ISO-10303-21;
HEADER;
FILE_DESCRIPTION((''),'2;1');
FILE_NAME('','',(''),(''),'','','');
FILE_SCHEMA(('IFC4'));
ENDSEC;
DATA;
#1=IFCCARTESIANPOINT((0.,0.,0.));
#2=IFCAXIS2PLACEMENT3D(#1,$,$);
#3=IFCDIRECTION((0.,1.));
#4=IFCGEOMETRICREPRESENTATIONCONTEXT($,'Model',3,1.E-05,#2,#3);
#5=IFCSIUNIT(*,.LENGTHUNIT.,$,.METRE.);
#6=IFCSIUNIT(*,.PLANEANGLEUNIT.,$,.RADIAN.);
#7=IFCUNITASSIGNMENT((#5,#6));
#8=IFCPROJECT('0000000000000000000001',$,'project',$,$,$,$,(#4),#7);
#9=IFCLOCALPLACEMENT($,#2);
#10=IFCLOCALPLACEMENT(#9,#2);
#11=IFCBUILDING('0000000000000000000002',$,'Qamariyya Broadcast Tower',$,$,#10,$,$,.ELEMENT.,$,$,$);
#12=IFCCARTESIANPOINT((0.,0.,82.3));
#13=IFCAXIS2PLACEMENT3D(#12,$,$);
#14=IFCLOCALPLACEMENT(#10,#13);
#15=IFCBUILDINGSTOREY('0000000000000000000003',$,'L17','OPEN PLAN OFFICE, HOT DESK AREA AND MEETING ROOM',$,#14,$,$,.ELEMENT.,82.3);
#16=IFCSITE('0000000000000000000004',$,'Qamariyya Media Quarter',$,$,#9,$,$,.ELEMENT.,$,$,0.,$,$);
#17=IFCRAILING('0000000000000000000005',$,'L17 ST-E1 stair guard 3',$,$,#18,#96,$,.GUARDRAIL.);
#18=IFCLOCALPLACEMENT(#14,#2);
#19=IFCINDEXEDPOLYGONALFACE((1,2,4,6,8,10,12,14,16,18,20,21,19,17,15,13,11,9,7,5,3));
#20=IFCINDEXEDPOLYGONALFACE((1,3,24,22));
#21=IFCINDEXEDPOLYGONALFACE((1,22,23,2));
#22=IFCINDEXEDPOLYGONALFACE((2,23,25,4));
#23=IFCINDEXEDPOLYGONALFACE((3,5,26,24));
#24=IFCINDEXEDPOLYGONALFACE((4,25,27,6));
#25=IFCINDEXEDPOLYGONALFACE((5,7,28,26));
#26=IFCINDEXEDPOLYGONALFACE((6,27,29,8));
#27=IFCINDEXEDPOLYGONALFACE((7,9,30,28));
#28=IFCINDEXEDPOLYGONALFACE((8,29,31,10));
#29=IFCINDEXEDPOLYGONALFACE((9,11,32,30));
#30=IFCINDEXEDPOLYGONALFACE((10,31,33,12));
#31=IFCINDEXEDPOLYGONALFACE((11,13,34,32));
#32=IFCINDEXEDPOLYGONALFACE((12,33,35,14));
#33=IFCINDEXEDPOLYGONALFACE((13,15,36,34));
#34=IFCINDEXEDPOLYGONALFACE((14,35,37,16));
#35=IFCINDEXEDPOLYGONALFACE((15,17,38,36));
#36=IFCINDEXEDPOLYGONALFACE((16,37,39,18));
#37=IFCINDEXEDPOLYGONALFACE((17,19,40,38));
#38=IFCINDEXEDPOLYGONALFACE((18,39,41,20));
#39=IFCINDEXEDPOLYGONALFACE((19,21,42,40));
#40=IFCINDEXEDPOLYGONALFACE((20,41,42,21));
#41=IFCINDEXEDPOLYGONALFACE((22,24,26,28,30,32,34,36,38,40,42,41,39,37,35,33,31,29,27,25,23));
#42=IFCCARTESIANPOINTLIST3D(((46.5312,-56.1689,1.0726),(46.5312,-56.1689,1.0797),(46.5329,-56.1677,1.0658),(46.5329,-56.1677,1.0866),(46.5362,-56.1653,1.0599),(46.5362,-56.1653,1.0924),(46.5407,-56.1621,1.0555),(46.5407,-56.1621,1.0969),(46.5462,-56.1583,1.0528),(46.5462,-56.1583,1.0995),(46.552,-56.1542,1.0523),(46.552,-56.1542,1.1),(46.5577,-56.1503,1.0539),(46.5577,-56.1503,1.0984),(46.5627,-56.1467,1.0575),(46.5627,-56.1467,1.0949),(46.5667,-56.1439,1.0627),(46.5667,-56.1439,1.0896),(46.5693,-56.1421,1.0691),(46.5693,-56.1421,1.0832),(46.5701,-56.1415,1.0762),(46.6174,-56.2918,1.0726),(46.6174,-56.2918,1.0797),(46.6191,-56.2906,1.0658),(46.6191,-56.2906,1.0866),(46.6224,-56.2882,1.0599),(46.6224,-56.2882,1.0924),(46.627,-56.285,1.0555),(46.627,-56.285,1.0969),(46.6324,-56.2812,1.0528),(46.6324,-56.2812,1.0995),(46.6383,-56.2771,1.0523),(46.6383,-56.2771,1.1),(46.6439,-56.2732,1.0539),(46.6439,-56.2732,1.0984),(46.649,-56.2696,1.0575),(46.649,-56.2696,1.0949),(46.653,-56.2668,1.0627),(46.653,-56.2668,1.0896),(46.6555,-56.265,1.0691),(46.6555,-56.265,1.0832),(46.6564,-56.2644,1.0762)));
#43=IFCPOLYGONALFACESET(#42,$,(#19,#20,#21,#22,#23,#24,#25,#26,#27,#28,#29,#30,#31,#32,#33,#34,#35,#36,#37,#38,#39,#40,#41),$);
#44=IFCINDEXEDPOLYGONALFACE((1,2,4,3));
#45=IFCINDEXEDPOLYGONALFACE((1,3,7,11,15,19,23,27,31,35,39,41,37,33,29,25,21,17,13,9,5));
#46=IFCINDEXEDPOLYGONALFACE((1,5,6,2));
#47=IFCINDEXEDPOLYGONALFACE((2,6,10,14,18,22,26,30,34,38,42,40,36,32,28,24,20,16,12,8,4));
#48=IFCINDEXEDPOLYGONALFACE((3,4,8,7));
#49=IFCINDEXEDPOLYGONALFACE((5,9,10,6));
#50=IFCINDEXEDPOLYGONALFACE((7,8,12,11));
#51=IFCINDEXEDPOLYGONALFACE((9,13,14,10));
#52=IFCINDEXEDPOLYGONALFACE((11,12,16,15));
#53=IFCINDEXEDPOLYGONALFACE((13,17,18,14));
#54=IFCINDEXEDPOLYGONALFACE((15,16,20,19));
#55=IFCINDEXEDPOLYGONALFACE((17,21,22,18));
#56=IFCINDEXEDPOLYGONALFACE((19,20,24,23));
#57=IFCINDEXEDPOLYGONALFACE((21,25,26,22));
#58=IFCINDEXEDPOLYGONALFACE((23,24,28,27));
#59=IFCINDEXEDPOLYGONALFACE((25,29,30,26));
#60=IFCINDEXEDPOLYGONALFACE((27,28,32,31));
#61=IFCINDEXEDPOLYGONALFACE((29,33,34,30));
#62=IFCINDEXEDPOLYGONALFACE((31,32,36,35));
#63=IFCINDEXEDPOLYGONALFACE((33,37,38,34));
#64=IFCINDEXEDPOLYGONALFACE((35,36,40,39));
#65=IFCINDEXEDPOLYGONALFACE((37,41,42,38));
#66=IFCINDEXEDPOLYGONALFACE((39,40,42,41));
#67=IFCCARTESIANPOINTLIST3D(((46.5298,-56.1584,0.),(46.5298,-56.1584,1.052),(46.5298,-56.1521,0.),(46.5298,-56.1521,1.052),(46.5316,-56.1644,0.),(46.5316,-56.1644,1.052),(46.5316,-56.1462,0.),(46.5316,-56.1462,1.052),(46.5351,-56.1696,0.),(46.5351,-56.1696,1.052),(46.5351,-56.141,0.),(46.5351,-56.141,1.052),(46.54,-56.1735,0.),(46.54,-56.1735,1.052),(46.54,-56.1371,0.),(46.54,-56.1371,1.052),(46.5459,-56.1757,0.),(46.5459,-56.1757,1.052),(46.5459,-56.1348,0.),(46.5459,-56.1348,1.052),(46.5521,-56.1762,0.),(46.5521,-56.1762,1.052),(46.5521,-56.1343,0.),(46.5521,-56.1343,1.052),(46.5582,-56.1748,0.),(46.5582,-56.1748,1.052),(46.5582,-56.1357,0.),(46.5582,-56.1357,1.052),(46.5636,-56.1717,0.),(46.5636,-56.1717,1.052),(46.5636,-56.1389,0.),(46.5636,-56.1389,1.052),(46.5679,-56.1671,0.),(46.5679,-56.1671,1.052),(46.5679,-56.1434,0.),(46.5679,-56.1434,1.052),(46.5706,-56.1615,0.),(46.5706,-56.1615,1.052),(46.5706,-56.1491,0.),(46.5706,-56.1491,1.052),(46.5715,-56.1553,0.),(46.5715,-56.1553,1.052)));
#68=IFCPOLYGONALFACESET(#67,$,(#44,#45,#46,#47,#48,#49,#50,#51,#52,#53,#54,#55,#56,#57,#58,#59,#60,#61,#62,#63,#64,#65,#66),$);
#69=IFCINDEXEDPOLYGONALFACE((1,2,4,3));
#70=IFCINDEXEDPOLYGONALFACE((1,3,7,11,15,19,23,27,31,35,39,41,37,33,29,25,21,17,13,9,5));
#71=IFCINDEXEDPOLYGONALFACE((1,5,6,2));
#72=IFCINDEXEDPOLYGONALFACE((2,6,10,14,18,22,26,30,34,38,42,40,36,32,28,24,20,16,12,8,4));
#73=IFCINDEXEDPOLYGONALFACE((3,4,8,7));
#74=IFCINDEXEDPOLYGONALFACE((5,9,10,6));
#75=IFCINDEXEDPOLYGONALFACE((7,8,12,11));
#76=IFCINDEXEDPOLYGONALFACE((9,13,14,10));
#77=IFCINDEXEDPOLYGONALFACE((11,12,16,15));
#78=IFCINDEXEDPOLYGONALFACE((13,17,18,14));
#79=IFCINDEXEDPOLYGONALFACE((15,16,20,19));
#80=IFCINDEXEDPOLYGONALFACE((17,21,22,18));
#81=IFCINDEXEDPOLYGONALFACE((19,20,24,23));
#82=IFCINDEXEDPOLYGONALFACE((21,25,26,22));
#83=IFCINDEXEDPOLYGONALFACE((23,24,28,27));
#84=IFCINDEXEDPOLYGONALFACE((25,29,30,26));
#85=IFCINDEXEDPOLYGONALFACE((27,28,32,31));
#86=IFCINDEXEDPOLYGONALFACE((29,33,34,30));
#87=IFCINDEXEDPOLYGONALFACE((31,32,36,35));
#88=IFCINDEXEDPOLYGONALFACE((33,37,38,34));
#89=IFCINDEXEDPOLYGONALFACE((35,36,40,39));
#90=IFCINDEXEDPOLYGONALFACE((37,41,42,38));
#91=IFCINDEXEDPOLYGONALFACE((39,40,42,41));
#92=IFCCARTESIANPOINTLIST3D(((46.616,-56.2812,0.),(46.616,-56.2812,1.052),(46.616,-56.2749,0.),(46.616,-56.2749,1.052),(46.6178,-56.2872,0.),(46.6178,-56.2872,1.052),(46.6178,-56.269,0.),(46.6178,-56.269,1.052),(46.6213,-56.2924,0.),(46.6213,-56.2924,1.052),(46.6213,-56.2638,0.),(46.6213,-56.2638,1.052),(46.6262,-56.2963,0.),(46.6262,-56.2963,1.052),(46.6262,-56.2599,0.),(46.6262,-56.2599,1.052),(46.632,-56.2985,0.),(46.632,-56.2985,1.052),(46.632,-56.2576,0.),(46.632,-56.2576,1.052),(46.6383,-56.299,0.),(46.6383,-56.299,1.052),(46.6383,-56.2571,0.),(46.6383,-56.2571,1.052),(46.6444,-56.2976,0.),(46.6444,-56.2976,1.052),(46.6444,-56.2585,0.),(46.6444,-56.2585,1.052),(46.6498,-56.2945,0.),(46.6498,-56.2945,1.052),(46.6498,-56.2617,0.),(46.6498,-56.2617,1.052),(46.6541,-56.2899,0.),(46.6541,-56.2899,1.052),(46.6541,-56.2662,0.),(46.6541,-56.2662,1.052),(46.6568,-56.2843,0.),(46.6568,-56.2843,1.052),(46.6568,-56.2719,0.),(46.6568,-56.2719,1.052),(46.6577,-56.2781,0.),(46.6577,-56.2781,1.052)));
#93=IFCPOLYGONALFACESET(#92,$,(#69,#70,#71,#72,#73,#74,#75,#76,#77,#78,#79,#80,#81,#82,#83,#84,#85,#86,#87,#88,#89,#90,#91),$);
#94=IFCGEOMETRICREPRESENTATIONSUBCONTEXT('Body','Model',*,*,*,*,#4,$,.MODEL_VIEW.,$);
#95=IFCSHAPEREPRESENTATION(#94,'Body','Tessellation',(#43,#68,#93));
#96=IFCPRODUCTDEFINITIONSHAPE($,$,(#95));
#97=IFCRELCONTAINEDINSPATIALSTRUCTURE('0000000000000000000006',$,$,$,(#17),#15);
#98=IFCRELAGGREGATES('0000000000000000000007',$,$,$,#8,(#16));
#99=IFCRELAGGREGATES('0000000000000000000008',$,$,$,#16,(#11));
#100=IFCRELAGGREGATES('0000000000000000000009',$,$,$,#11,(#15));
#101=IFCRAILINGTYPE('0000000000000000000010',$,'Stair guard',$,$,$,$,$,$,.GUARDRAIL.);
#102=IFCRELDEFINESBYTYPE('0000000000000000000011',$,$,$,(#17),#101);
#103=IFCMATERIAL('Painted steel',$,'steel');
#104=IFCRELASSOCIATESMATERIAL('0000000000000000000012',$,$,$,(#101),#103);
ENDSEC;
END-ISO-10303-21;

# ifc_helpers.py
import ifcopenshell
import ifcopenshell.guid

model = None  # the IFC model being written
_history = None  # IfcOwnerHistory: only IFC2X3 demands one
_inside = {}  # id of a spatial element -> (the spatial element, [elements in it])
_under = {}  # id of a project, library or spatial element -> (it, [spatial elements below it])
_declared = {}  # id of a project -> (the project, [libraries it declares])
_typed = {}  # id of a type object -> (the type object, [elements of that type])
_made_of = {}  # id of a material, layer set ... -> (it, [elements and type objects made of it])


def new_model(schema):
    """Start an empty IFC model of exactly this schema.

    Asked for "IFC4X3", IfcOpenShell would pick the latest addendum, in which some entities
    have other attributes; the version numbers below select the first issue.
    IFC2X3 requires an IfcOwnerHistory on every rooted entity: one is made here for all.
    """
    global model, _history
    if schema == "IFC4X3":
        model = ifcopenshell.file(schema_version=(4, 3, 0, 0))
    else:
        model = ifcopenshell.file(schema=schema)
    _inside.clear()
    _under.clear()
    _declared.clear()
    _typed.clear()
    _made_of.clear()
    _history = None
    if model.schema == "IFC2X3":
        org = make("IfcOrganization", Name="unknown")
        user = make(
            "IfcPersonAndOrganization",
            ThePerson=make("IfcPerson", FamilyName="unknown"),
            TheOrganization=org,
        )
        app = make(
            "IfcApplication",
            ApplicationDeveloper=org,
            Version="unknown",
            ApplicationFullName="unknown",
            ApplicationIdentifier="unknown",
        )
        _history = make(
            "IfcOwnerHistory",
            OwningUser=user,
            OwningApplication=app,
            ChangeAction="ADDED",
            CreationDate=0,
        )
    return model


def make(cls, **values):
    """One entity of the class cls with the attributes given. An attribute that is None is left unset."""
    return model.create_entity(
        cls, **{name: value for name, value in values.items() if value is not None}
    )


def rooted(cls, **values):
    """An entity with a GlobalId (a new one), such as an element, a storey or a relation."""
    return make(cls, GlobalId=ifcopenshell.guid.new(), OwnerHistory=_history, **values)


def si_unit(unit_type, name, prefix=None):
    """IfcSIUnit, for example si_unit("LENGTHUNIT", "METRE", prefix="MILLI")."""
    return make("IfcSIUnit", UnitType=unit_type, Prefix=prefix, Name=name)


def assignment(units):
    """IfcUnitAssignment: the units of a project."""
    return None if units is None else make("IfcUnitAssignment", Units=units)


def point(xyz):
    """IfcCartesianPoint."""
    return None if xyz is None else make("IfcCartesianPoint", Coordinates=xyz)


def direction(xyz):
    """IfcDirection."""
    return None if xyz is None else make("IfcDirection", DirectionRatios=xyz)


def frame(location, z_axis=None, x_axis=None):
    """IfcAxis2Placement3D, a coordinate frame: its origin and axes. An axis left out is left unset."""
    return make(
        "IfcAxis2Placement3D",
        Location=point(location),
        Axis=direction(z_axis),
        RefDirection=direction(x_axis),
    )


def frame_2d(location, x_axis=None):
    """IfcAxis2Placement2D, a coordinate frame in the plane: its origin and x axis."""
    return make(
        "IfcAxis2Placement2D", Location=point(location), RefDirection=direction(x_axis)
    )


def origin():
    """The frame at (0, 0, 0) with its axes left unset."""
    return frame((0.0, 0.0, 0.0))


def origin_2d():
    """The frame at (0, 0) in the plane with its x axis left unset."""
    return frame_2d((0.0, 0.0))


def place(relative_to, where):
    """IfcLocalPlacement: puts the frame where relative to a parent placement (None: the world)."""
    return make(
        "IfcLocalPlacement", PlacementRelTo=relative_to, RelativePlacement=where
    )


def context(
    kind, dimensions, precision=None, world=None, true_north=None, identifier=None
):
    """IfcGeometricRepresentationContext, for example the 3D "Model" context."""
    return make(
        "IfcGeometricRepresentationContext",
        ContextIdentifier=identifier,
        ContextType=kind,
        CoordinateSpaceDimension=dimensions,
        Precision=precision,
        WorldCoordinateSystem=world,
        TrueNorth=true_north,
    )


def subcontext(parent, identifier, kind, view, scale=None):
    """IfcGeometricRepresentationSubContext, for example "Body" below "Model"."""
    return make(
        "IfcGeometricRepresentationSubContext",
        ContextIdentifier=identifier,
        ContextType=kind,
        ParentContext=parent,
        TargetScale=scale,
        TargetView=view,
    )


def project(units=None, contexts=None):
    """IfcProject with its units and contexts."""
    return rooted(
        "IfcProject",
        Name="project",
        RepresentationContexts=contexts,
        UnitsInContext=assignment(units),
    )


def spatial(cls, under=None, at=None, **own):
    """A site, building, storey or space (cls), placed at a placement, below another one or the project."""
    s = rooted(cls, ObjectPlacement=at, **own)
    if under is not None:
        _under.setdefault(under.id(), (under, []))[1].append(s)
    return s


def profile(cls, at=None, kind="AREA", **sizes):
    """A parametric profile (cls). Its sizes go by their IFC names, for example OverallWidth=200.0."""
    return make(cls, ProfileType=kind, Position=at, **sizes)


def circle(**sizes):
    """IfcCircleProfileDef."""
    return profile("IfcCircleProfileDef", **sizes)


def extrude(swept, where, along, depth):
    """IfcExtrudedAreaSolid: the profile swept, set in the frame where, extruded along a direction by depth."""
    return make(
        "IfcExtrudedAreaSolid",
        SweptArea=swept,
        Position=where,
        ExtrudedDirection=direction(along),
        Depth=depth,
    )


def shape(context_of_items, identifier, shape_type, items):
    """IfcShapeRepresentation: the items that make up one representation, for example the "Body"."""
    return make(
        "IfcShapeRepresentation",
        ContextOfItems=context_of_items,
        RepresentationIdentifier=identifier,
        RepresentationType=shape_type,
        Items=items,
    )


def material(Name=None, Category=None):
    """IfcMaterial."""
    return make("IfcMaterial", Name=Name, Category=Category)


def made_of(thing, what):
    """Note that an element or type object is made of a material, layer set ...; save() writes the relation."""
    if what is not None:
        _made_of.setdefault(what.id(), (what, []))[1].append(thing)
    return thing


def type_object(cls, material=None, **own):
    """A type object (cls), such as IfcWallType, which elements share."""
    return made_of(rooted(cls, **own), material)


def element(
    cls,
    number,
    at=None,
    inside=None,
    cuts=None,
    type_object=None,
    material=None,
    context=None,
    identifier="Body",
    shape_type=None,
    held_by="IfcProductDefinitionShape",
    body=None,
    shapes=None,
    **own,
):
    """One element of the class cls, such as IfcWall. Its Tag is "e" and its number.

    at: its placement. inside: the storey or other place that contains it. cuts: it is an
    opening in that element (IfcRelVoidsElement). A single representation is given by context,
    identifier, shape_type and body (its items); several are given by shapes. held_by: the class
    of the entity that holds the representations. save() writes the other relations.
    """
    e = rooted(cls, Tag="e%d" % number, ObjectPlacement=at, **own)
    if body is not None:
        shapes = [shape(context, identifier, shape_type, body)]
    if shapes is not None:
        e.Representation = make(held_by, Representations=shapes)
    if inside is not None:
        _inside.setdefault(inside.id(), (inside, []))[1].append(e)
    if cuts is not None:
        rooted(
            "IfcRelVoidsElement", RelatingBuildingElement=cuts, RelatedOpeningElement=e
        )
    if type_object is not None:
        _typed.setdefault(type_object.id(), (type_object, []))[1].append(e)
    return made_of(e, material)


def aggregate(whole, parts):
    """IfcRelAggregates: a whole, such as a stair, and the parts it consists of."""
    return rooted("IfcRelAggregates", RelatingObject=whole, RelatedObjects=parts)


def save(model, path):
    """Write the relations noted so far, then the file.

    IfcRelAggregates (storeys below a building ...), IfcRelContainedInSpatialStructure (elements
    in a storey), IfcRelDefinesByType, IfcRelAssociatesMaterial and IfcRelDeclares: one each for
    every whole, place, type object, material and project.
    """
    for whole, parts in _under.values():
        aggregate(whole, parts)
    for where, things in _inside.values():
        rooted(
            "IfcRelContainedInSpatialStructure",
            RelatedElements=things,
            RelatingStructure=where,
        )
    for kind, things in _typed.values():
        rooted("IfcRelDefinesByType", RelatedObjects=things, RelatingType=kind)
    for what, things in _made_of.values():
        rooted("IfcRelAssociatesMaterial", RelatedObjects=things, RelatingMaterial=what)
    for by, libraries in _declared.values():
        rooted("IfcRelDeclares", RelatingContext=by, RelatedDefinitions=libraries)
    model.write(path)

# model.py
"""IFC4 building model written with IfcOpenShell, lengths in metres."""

from ifc_helpers import new_model, si_unit, direction, frame, origin, origin_2d, place, context, subcontext, project, spatial, circle, extrude, material, type_object, element, save


model = new_model("IFC4")

# Units and contexts
model_context = context("Model", 3, precision=1e-05, world=origin(), true_north=direction((0.0, 1.0)))
body_context = subcontext(model_context, "Body", "Model", "MODEL_VIEW")
ifc_project = project(units=[si_unit("LENGTHUNIT", "METRE"), si_unit("PLANEANGLEUNIT", "RADIAN")], contexts=[model_context])

# Site, building, storey
site_placement = place(None, origin())
site = spatial("IfcSite", under=ifc_project, at=site_placement, Name="Qamariyya Media Quarter", CompositionType="ELEMENT", RefElevation=0.0)
building_placement = place(site_placement, origin())
building = spatial("IfcBuilding", under=site, at=building_placement, Name="Qamariyya Broadcast Tower", CompositionType="ELEMENT")
storey_placement = place(building_placement, frame((0.0, 0.0, 82.3)))
storey = spatial("IfcBuildingStorey", under=building, at=storey_placement, Name="L17", Description="OPEN PLAN OFFICE, HOT DESK AREA AND MEETING ROOM", CompositionType="ELEMENT", Elevation=82.3)

# Railing
ifc_material_1 = material(Name="Painted steel", Category="steel")
railing_type_1 = type_object("IfcRailingType", Name="Stair guard", PredefinedType="GUARDRAIL", material=ifc_material_1)
railing_1_placement = place(storey_placement, frame((46.5505, -56.1553, 0.0)))
element("IfcRailing", 1, at=railing_1_placement, inside=storey, type_object=railing_type_1, Name="L17 ST-E1 stair guard 3", PredefinedType="GUARDRAIL", context=body_context, shape_type="SweptSolid", body=[
    extrude(circle(Radius=0.0239, at=origin_2d()), frame((0.0, 0.0, 1.0762), z_axis=(0.574445, -0.818543, 0.0), x_axis=(0.818543, 0.574445, 0.0)), (0.0, 0.0, 1.0), 0.1501),
    extrude(circle(Radius=0.021, at=origin_2d()), origin(), (0.0, 0.0, 1.0), 1.052),
    extrude(circle(Radius=0.021, at=origin_2d()), frame((0.0862, -0.1228, 0.0)), (0.0, 0.0, 1.0), 1.052),
])

save(model, "model.ifc")
